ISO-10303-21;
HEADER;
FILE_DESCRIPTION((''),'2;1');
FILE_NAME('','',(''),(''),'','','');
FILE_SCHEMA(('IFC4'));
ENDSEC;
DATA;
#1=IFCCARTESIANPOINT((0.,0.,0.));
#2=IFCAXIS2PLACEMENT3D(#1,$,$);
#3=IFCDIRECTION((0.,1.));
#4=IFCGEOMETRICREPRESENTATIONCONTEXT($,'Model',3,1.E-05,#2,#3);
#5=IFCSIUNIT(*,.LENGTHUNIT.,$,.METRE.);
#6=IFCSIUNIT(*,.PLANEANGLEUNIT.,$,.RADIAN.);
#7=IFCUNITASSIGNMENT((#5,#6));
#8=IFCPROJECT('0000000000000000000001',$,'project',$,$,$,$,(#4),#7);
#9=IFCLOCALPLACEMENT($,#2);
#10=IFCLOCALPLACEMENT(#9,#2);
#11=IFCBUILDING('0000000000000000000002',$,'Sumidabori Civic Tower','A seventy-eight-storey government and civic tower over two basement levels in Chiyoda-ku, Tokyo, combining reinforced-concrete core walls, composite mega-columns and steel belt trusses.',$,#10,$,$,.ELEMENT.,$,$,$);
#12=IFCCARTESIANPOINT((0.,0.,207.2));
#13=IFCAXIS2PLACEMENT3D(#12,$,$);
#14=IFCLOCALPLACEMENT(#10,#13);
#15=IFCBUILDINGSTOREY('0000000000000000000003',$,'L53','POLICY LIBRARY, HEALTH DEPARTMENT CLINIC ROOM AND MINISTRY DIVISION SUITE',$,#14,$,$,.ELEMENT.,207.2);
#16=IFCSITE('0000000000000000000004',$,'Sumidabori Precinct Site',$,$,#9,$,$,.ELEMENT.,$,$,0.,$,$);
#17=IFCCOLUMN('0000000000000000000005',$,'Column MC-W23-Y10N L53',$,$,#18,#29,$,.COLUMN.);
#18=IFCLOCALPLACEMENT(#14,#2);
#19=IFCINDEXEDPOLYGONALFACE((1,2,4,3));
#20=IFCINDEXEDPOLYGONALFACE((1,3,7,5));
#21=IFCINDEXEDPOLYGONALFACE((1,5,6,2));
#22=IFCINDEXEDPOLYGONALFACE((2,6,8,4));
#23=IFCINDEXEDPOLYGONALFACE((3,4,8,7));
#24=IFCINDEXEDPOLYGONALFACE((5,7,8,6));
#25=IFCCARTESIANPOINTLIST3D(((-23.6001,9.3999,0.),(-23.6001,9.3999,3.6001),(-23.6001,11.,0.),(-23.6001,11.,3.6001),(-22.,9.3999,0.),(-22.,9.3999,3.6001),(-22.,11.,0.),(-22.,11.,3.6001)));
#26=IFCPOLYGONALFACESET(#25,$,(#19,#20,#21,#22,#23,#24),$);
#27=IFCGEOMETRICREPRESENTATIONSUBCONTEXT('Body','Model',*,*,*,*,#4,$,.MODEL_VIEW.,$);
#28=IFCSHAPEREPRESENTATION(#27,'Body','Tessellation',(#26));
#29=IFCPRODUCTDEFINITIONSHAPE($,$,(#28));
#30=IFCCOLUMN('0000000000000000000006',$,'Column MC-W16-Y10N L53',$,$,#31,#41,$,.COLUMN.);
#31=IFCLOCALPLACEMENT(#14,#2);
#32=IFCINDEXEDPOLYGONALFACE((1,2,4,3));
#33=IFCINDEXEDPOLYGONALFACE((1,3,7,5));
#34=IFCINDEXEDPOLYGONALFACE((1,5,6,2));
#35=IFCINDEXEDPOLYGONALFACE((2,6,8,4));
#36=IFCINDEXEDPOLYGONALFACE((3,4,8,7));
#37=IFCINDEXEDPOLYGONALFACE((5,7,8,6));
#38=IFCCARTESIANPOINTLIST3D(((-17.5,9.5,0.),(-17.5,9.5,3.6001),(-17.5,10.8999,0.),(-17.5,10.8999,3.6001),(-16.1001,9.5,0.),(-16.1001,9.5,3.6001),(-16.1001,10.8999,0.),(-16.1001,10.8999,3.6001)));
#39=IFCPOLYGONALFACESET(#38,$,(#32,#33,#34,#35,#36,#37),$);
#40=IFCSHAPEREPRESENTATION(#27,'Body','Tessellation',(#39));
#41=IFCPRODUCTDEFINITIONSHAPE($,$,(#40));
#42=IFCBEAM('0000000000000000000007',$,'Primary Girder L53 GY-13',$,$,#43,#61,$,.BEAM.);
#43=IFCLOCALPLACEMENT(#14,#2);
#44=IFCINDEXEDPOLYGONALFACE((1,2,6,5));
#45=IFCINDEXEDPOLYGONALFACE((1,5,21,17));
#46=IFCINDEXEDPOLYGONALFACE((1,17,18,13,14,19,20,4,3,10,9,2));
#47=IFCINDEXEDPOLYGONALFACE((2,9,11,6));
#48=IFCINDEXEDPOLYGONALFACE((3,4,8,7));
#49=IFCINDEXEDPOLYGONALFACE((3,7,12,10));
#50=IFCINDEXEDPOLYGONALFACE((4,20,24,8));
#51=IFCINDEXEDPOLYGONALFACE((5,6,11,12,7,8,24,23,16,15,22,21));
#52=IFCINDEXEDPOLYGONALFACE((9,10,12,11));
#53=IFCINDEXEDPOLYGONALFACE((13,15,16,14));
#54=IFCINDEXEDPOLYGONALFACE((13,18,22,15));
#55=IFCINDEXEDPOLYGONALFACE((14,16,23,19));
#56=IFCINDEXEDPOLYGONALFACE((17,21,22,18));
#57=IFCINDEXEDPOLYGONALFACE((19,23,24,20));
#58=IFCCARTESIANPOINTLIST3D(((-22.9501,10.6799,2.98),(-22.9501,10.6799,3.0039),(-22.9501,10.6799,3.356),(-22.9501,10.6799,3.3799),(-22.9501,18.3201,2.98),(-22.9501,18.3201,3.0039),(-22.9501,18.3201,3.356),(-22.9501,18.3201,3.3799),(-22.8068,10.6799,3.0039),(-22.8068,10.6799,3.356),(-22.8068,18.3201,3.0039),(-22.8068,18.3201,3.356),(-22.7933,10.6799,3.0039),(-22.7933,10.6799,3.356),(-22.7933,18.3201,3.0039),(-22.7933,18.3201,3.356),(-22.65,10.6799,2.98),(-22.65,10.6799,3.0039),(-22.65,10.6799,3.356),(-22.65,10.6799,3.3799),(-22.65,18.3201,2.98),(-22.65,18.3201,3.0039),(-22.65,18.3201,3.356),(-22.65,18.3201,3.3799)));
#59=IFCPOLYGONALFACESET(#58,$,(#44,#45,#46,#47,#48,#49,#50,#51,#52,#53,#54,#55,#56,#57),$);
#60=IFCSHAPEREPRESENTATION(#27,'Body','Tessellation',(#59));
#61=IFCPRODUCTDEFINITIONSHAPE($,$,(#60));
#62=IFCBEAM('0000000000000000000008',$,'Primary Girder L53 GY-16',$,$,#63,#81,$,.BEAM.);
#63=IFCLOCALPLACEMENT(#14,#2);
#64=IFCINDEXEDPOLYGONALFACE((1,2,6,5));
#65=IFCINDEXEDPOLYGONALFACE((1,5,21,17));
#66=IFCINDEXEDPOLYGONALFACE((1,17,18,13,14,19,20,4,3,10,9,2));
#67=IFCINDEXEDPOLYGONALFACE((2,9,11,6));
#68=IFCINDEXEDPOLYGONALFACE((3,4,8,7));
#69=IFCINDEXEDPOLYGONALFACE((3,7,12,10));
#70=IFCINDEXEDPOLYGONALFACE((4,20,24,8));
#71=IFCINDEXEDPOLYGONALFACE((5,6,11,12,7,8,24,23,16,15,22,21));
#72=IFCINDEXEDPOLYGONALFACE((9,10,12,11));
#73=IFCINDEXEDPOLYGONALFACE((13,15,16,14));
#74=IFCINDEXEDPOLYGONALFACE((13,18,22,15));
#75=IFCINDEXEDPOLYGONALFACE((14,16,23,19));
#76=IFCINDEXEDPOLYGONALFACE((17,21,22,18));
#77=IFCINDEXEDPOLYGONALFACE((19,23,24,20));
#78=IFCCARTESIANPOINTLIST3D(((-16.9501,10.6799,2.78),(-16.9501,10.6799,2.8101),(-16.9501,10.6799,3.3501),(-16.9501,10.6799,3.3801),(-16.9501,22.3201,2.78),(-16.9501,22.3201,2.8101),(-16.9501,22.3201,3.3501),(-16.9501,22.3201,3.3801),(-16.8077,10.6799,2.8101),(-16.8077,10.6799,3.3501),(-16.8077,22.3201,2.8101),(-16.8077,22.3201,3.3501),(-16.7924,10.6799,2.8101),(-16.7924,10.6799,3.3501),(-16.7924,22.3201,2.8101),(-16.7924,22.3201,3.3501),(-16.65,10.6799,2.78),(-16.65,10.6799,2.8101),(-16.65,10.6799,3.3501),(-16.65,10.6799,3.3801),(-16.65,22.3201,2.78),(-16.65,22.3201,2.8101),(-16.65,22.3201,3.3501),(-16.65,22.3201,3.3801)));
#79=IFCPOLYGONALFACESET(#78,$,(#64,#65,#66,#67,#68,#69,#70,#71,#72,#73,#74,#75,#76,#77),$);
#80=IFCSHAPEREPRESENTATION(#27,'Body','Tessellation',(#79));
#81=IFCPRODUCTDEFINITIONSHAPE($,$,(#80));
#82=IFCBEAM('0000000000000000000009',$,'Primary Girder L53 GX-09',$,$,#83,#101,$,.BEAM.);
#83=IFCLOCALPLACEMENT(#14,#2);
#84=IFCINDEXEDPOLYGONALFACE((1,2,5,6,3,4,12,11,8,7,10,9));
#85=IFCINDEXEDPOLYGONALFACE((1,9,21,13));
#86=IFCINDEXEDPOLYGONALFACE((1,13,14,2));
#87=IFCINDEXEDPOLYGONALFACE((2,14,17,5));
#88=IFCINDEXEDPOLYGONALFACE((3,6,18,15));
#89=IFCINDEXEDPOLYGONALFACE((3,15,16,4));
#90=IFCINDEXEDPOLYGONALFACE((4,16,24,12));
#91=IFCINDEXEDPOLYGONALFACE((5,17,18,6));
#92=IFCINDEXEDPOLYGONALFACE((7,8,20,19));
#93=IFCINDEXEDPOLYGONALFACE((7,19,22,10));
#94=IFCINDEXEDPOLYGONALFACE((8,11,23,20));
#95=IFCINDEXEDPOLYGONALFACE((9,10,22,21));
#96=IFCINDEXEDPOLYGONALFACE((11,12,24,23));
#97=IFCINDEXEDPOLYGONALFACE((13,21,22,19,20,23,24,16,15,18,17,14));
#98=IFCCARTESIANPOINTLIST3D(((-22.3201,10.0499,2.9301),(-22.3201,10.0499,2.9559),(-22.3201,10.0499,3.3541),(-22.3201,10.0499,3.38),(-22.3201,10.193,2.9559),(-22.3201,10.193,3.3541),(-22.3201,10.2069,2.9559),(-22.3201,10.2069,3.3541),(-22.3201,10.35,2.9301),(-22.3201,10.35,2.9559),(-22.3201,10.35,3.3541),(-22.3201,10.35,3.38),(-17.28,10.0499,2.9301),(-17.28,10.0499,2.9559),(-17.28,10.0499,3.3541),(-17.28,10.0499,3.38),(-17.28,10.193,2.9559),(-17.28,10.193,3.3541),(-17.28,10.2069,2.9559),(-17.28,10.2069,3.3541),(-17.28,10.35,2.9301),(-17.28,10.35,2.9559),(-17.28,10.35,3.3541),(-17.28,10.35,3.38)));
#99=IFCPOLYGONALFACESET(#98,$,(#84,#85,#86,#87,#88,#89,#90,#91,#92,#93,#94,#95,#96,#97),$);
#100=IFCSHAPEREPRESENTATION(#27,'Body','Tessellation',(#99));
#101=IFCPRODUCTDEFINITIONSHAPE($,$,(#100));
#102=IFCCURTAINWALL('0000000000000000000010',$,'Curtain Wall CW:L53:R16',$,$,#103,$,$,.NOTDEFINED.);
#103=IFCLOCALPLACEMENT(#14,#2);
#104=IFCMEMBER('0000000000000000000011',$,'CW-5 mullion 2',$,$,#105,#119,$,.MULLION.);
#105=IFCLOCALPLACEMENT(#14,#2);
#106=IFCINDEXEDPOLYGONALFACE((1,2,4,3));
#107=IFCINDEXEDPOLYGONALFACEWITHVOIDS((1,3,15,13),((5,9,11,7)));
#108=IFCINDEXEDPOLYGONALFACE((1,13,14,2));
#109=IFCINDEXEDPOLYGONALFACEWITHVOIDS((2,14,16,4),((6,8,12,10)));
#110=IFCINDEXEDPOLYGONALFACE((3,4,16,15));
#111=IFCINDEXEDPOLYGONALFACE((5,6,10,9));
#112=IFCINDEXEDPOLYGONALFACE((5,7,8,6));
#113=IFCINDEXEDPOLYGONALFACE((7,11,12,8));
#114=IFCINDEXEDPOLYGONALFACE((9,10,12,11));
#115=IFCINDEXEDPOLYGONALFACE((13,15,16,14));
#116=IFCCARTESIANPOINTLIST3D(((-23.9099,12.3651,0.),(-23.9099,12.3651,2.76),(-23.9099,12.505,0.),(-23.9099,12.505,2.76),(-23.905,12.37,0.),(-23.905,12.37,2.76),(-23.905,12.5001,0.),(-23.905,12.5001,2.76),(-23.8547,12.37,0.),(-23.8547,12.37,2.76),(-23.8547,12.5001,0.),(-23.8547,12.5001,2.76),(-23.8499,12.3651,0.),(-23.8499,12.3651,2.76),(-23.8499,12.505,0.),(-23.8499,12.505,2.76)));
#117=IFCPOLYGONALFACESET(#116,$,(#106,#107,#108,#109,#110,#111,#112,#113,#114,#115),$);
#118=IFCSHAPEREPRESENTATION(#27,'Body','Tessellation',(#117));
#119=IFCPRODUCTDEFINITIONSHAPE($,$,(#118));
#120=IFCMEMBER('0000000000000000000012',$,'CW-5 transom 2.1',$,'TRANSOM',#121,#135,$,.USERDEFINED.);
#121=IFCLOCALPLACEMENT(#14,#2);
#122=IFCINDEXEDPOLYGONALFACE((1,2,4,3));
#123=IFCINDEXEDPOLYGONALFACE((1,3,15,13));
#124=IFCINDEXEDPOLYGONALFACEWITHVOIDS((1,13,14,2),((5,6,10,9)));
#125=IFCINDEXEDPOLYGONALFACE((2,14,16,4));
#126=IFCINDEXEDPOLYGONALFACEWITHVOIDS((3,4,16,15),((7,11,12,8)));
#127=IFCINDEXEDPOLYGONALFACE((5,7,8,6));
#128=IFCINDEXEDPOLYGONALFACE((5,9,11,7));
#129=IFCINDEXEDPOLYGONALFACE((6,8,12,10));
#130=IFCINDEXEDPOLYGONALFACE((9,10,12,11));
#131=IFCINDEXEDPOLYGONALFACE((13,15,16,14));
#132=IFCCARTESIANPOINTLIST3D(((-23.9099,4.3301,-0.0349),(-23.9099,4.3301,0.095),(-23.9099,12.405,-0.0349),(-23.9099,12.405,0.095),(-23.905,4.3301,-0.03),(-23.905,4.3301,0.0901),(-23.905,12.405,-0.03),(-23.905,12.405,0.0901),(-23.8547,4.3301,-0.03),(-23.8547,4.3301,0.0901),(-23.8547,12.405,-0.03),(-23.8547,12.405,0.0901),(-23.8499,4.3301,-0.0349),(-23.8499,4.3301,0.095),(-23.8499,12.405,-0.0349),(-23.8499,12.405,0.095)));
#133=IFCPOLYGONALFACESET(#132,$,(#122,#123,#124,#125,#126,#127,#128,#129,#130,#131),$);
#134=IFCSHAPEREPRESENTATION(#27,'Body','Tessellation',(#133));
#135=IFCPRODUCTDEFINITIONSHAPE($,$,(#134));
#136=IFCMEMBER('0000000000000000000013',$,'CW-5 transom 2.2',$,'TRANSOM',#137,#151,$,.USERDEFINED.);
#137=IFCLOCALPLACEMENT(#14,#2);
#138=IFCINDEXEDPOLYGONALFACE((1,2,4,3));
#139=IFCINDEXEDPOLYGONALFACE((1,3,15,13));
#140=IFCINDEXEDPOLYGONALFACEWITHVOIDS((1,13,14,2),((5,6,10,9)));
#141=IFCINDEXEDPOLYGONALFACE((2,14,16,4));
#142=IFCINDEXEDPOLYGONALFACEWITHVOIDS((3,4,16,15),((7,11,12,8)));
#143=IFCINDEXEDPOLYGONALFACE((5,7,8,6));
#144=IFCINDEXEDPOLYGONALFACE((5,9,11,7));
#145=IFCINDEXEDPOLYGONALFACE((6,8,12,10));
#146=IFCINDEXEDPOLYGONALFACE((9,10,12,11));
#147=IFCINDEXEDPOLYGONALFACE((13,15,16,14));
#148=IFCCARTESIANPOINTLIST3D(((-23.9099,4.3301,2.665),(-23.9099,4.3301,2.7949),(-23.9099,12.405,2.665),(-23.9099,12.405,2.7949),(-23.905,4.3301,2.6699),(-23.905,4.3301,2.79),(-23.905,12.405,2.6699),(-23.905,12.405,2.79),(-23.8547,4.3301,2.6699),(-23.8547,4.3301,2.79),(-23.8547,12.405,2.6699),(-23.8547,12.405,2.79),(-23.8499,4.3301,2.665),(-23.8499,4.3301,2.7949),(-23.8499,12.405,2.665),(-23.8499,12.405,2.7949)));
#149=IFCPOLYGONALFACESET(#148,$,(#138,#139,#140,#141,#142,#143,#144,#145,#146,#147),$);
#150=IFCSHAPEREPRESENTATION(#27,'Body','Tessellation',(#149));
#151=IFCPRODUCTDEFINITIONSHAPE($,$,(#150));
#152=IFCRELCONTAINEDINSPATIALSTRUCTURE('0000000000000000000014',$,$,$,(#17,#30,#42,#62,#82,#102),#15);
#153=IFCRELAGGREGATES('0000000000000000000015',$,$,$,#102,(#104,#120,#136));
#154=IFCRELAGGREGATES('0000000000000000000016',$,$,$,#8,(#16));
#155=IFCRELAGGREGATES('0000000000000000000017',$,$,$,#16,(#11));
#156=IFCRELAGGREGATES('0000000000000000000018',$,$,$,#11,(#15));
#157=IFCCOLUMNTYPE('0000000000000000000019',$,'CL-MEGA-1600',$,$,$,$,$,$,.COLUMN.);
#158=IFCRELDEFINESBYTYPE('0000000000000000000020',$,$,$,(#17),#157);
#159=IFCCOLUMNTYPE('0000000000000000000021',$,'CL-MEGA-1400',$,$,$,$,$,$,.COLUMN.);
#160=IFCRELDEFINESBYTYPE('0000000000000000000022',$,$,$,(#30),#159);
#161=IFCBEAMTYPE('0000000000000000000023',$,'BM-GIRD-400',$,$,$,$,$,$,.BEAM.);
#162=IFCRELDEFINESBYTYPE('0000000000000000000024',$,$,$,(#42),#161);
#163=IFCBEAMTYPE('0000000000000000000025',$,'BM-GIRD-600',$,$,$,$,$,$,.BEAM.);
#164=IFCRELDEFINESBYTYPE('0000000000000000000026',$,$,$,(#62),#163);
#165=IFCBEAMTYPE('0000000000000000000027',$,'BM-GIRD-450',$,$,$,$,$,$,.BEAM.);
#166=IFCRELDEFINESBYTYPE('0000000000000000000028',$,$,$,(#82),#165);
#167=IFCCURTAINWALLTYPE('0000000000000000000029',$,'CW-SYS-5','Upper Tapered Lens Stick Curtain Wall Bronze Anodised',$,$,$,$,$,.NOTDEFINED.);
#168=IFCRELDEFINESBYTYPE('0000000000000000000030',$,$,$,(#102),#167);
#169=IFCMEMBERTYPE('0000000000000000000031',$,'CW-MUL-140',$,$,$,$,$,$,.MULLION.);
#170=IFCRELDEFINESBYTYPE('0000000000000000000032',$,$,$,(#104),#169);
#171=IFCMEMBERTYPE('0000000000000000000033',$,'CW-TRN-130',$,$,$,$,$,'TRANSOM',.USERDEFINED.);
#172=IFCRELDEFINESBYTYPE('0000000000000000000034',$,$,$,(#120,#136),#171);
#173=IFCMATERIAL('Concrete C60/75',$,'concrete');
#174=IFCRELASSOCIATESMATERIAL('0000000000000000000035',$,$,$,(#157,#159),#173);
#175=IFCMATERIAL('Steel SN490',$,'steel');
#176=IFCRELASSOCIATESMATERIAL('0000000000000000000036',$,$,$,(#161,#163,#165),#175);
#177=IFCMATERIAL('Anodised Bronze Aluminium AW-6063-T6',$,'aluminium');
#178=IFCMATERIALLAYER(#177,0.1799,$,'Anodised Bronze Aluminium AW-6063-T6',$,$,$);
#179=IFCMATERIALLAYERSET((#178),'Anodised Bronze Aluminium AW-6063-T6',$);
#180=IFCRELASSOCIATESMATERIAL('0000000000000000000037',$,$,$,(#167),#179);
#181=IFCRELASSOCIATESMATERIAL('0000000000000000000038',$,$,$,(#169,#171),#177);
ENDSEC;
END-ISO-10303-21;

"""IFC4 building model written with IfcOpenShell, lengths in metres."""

from ifc_helpers import new_model, si_unit, direction, frame, origin, origin_2d, place, context, subcontext, project, spatial, rectangle, hollow_rectangle, i_section, extrude, source, transform, mapped, material, layer, layer_set, material_profile, profile_set, type_object, element, aggregate, save


model = new_model("IFC4")

# Units and contexts
model_context = context("Model", 3, precision=1e-05, world=origin(), true_north=direction((0.0, 1.0)))
body_context = subcontext(model_context, "Body", "Model", "MODEL_VIEW")
ifc_project = project(units=[si_unit("LENGTHUNIT", "METRE"), si_unit("PLANEANGLEUNIT", "RADIAN")], contexts=[model_context])

# Site, building, storey
site_placement = place(None, origin())
site = spatial("IfcSite", under=ifc_project, at=site_placement, Name="Sumidabori Precinct Site", CompositionType="ELEMENT", RefElevation=0.0)
building_placement = place(site_placement, origin())
building = spatial("IfcBuilding", under=site, at=building_placement, Name="Sumidabori Civic Tower", Description="A seventy-eight-storey government and civic tower over two basement levels in Chiyoda-ku, Tokyo, combining reinforced-concrete core walls, composite mega-columns and steel belt trusses.", CompositionType="ELEMENT")
storey_placement = place(building_placement, frame((0.0, 0.0, 207.2)))
storey = spatial("IfcBuildingStorey", under=building, at=storey_placement, Name="L53", Description="POLICY LIBRARY, HEALTH DEPARTMENT CLINIC ROOM AND MINISTRY DIVISION SUITE", CompositionType="ELEMENT", Elevation=207.2)

# Columns
ifc_material_1 = material(Name="Concrete C60/75", Category="concrete")
ifc_material_profile_1 = material_profile(ifc_material_1, rectangle(XDim=1.6001, YDim=1.6001, at=origin_2d()), Name="RC 1600x1600")
ifc_profile_set_1 = profile_set([ifc_material_profile_1], Name="Concrete C60/75")
column_type_1 = type_object("IfcColumnType", Name="CL-MEGA-1600", PredefinedType="COLUMN", material=ifc_profile_set_1)
shared_shape_1 = source(origin(), body_context, "Body", "SweptSolid", [
    extrude(rectangle(XDim=1.6001, YDim=1.6001, at=origin_2d()), origin(), (0.0, 0.0, 1.0), 3.6001),
])
column_1_placement = place(storey_placement, frame((-22.8, 10.2, 0.0), z_axis=(0.0, 0.0, 1.0), x_axis=(1.0, 0.0, 0.0)))
element("IfcColumn", 1, at=column_1_placement, inside=storey, type_object=column_type_1, Name="Column MC-W23-Y10N L53", PredefinedType="COLUMN", context=body_context, shape_type="MappedRepresentation", body=[
    mapped(shared_shape_1, transform((0.0, 0.0, 0.0), x_axis=(1.0, 0.0, 0.0), y_axis=(0.0, 1.0, 0.0), z_axis=(0.0, 0.0, 1.0), scale=1.0)),
])
ifc_material_profile_2 = material_profile(ifc_material_1, rectangle(XDim=1.3999, YDim=1.3999, at=origin_2d()), Name="RC 1400x1400")
ifc_profile_set_2 = profile_set([ifc_material_profile_2], Name="Concrete C60/75")
column_type_2 = type_object("IfcColumnType", Name="CL-MEGA-1400", PredefinedType="COLUMN", material=ifc_profile_set_2)
shared_shape_2 = source(origin(), body_context, "Body", "SweptSolid", [
    extrude(rectangle(XDim=1.3999, YDim=1.3999, at=origin_2d()), origin(), (0.0, 0.0, 1.0), 3.6001),
])
column_2_placement = place(storey_placement, frame((-16.8, 10.2, 0.0), z_axis=(0.0, 0.0, 1.0), x_axis=(1.0, 0.0, 0.0)))
element("IfcColumn", 2, at=column_2_placement, inside=storey, type_object=column_type_2, Name="Column MC-W16-Y10N L53", PredefinedType="COLUMN", context=body_context, shape_type="MappedRepresentation", body=[
    mapped(shared_shape_2, transform((0.0, 0.0, 0.0), x_axis=(1.0, 0.0, 0.0), y_axis=(0.0, 1.0, 0.0), z_axis=(0.0, 0.0, 1.0), scale=1.0)),
])

# Beams
ifc_material_2 = material(Name="Steel SN490", Category="steel")
ifc_material_profile_3 = material_profile(ifc_material_2, i_section(OverallWidth=0.3, OverallDepth=0.3999, WebThickness=0.0134, FlangeThickness=0.0239, at=origin_2d()), Name="HE 400 B")
ifc_profile_set_3 = profile_set([ifc_material_profile_3], Name="Steel SN490")
beam_type_1 = type_object("IfcBeamType", Name="BM-GIRD-400", PredefinedType="BEAM", material=ifc_profile_set_3)
shared_shape_3 = source(origin(), body_context, "Body", "SweptSolid", [
    extrude(i_section(OverallWidth=0.3, OverallDepth=0.3999, WebThickness=0.0134, FlangeThickness=0.0239, at=origin_2d()), origin(), (0.0, 0.0, 1.0), 7.6401),
])
beam_1_placement = place(storey_placement, frame((-22.8, 10.6799, 3.1799), z_axis=(0.0, 1.0, 0.0), x_axis=(-1.0, 0.0, 0.0)))
element("IfcBeam", 3, at=beam_1_placement, inside=storey, type_object=beam_type_1, Name="Primary Girder L53 GY-13", PredefinedType="BEAM", context=body_context, shape_type="MappedRepresentation", body=[
    mapped(shared_shape_3, transform((0.0, 0.0, 0.0), x_axis=(1.0, 0.0, 0.0), y_axis=(0.0, 1.0, 0.0), z_axis=(0.0, 0.0, 1.0), scale=1.0)),
])
ifc_material_profile_4 = material_profile(ifc_material_2, i_section(OverallWidth=0.3, OverallDepth=0.6001, WebThickness=0.0154, FlangeThickness=0.03, at=origin_2d()), Name="HE 600 B")
ifc_profile_set_4 = profile_set([ifc_material_profile_4], Name="Steel SN490")
beam_type_2 = type_object("IfcBeamType", Name="BM-GIRD-600", PredefinedType="BEAM", material=ifc_profile_set_4)
shared_shape_4 = source(origin(), body_context, "Body", "SweptSolid", [
    extrude(i_section(OverallWidth=0.3, OverallDepth=0.6001, WebThickness=0.0154, FlangeThickness=0.03, at=origin_2d()), origin(), (0.0, 0.0, 1.0), 11.6401),
])
beam_2_placement = place(storey_placement, frame((-16.8, 10.6799, 3.0801), z_axis=(0.0, 1.0, 0.0), x_axis=(-1.0, 0.0, 0.0)))
element("IfcBeam", 4, at=beam_2_placement, inside=storey, type_object=beam_type_2, Name="Primary Girder L53 GY-16", PredefinedType="BEAM", context=body_context, shape_type="MappedRepresentation", body=[
    mapped(shared_shape_4, transform((0.0, 0.0, 0.0), x_axis=(1.0, 0.0, 0.0), y_axis=(0.0, 1.0, 0.0), z_axis=(0.0, 0.0, 1.0), scale=1.0)),
])
ifc_material_profile_5 = material_profile(ifc_material_2, i_section(OverallWidth=0.3, OverallDepth=0.45, WebThickness=0.0139, FlangeThickness=0.0259, at=origin_2d()), Name="HE 450 B")
ifc_profile_set_5 = profile_set([ifc_material_profile_5], Name="Steel SN490")
beam_type_3 = type_object("IfcBeamType", Name="BM-GIRD-450", PredefinedType="BEAM", material=ifc_profile_set_5)
shared_shape_5 = source(origin(), body_context, "Body", "SweptSolid", [
    extrude(i_section(OverallWidth=0.3, OverallDepth=0.45, WebThickness=0.0139, FlangeThickness=0.0259, at=origin_2d()), origin(), (0.0, 0.0, 1.0), 5.04),
])
beam_3_placement = place(storey_placement, frame((-22.3201, 10.2, 3.155), z_axis=(1.0, 0.0, 0.0), x_axis=(0.0, 1.0, 0.0)))
element("IfcBeam", 5, at=beam_3_placement, inside=storey, type_object=beam_type_3, Name="Primary Girder L53 GX-09", PredefinedType="BEAM", context=body_context, shape_type="MappedRepresentation", body=[
    mapped(shared_shape_5, transform((0.0, 0.0, 0.0), x_axis=(1.0, 0.0, 0.0), y_axis=(0.0, 1.0, 0.0), z_axis=(0.0, 0.0, 1.0), scale=1.0)),
])

# Curtain wall, members
ifc_material_3 = material(Name="Anodised Bronze Aluminium AW-6063-T6", Category="aluminium")
ifc_layer_1 = layer(ifc_material_3, 0.1799, Name="Anodised Bronze Aluminium AW-6063-T6")
ifc_layer_set_1 = layer_set([ifc_layer_1], Name="Anodised Bronze Aluminium AW-6063-T6")
curtain_wall_type = type_object("IfcCurtainWallType", Name="CW-SYS-5", Description="Upper Tapered Lens Stick Curtain Wall Bronze Anodised", PredefinedType="NOTDEFINED", material=ifc_layer_set_1)
curtain_wall_placement = place(storey_placement, origin())
curtain_wall = element("IfcCurtainWall", 6, at=curtain_wall_placement, inside=storey, type_object=curtain_wall_type, Name="Curtain Wall CW:L53:R16", PredefinedType="NOTDEFINED")
ifc_material_profile_6 = material_profile(ifc_material_3, hollow_rectangle(XDim=0.0601, YDim=0.1399, WallThickness=0.0049, at=origin_2d()), Name="ALU MULLION 140x60")
ifc_profile_set_6 = profile_set([ifc_material_profile_6], Name="Anodised Bronze Aluminium AW-6063-T6")
member_type_1 = type_object("IfcMemberType", Name="CW-MUL-140", PredefinedType="MULLION", material=ifc_profile_set_6)
shared_shape_6 = source(origin(), body_context, "Body", "SweptSolid", [
    extrude(hollow_rectangle(XDim=0.0601, YDim=0.1399, WallThickness=0.0049, at=origin_2d()), origin(), (0.0, 0.0, 1.0), 2.76),
])
member_1_placement = place(storey_placement, frame((-23.8799, 12.4351, 0.0), z_axis=(0.0, 0.0, 1.0), x_axis=(1.0, 0.0, 0.0)))
member_1 = element("IfcMember", 7, at=member_1_placement, type_object=member_type_1, Name="CW-5 mullion 2", PredefinedType="MULLION", context=body_context, shape_type="MappedRepresentation", body=[
    mapped(shared_shape_6, transform((0.0, 0.0, 0.0), x_axis=(1.0, 0.0, 0.0), y_axis=(0.0, 1.0, 0.0), z_axis=(0.0, 0.0, 1.0), scale=1.0)),
])
ifc_material_profile_7 = material_profile(ifc_material_3, hollow_rectangle(XDim=0.0601, YDim=0.1299, WallThickness=0.0049, at=origin_2d()), Name="ALU TRANSOM 130x60")
ifc_profile_set_7 = profile_set([ifc_material_profile_7], Name="Anodised Bronze Aluminium AW-6063-T6")
member_type_2 = type_object("IfcMemberType", Name="CW-TRN-130", ElementType="TRANSOM", PredefinedType="USERDEFINED", material=ifc_profile_set_7)
shared_shape_7 = source(origin(), body_context, "Body", "SweptSolid", [
    extrude(hollow_rectangle(XDim=0.0601, YDim=0.1299, WallThickness=0.0049, at=origin_2d()), origin(), (0.0, 0.0, 1.0), 8.075),
])
member_2_placement = place(storey_placement, frame((-23.8799, 12.405, 0.03), z_axis=(0.0, -1.0, 0.0), x_axis=(1.0, 0.0, 0.0)))
member_2 = element("IfcMember", 8, at=member_2_placement, type_object=member_type_2, Name="CW-5 transom 2.1", ObjectType="TRANSOM", PredefinedType="USERDEFINED", context=body_context, shape_type="MappedRepresentation", body=[
    mapped(shared_shape_7, transform((0.0, 0.0, 0.0), x_axis=(1.0, 0.0, 0.0), y_axis=(0.0, 1.0, 0.0), z_axis=(0.0, 0.0, 1.0), scale=1.0)),
])
member_3_placement = place(storey_placement, frame((-23.8799, 12.405, 2.73), z_axis=(0.0, -1.0, 0.0), x_axis=(1.0, 0.0, 0.0)))
member_3 = element("IfcMember", 9, at=member_3_placement, type_object=member_type_2, Name="CW-5 transom 2.2", ObjectType="TRANSOM", PredefinedType="USERDEFINED", context=body_context, shape_type="MappedRepresentation", body=[
    mapped(shared_shape_7, transform((0.0, 0.0, 0.0), x_axis=(1.0, 0.0, 0.0), y_axis=(0.0, 1.0, 0.0), z_axis=(0.0, 0.0, 1.0), scale=1.0)),
])
aggregate(curtain_wall, [member_1, member_2, member_3])

save(model, "model.ifc")
